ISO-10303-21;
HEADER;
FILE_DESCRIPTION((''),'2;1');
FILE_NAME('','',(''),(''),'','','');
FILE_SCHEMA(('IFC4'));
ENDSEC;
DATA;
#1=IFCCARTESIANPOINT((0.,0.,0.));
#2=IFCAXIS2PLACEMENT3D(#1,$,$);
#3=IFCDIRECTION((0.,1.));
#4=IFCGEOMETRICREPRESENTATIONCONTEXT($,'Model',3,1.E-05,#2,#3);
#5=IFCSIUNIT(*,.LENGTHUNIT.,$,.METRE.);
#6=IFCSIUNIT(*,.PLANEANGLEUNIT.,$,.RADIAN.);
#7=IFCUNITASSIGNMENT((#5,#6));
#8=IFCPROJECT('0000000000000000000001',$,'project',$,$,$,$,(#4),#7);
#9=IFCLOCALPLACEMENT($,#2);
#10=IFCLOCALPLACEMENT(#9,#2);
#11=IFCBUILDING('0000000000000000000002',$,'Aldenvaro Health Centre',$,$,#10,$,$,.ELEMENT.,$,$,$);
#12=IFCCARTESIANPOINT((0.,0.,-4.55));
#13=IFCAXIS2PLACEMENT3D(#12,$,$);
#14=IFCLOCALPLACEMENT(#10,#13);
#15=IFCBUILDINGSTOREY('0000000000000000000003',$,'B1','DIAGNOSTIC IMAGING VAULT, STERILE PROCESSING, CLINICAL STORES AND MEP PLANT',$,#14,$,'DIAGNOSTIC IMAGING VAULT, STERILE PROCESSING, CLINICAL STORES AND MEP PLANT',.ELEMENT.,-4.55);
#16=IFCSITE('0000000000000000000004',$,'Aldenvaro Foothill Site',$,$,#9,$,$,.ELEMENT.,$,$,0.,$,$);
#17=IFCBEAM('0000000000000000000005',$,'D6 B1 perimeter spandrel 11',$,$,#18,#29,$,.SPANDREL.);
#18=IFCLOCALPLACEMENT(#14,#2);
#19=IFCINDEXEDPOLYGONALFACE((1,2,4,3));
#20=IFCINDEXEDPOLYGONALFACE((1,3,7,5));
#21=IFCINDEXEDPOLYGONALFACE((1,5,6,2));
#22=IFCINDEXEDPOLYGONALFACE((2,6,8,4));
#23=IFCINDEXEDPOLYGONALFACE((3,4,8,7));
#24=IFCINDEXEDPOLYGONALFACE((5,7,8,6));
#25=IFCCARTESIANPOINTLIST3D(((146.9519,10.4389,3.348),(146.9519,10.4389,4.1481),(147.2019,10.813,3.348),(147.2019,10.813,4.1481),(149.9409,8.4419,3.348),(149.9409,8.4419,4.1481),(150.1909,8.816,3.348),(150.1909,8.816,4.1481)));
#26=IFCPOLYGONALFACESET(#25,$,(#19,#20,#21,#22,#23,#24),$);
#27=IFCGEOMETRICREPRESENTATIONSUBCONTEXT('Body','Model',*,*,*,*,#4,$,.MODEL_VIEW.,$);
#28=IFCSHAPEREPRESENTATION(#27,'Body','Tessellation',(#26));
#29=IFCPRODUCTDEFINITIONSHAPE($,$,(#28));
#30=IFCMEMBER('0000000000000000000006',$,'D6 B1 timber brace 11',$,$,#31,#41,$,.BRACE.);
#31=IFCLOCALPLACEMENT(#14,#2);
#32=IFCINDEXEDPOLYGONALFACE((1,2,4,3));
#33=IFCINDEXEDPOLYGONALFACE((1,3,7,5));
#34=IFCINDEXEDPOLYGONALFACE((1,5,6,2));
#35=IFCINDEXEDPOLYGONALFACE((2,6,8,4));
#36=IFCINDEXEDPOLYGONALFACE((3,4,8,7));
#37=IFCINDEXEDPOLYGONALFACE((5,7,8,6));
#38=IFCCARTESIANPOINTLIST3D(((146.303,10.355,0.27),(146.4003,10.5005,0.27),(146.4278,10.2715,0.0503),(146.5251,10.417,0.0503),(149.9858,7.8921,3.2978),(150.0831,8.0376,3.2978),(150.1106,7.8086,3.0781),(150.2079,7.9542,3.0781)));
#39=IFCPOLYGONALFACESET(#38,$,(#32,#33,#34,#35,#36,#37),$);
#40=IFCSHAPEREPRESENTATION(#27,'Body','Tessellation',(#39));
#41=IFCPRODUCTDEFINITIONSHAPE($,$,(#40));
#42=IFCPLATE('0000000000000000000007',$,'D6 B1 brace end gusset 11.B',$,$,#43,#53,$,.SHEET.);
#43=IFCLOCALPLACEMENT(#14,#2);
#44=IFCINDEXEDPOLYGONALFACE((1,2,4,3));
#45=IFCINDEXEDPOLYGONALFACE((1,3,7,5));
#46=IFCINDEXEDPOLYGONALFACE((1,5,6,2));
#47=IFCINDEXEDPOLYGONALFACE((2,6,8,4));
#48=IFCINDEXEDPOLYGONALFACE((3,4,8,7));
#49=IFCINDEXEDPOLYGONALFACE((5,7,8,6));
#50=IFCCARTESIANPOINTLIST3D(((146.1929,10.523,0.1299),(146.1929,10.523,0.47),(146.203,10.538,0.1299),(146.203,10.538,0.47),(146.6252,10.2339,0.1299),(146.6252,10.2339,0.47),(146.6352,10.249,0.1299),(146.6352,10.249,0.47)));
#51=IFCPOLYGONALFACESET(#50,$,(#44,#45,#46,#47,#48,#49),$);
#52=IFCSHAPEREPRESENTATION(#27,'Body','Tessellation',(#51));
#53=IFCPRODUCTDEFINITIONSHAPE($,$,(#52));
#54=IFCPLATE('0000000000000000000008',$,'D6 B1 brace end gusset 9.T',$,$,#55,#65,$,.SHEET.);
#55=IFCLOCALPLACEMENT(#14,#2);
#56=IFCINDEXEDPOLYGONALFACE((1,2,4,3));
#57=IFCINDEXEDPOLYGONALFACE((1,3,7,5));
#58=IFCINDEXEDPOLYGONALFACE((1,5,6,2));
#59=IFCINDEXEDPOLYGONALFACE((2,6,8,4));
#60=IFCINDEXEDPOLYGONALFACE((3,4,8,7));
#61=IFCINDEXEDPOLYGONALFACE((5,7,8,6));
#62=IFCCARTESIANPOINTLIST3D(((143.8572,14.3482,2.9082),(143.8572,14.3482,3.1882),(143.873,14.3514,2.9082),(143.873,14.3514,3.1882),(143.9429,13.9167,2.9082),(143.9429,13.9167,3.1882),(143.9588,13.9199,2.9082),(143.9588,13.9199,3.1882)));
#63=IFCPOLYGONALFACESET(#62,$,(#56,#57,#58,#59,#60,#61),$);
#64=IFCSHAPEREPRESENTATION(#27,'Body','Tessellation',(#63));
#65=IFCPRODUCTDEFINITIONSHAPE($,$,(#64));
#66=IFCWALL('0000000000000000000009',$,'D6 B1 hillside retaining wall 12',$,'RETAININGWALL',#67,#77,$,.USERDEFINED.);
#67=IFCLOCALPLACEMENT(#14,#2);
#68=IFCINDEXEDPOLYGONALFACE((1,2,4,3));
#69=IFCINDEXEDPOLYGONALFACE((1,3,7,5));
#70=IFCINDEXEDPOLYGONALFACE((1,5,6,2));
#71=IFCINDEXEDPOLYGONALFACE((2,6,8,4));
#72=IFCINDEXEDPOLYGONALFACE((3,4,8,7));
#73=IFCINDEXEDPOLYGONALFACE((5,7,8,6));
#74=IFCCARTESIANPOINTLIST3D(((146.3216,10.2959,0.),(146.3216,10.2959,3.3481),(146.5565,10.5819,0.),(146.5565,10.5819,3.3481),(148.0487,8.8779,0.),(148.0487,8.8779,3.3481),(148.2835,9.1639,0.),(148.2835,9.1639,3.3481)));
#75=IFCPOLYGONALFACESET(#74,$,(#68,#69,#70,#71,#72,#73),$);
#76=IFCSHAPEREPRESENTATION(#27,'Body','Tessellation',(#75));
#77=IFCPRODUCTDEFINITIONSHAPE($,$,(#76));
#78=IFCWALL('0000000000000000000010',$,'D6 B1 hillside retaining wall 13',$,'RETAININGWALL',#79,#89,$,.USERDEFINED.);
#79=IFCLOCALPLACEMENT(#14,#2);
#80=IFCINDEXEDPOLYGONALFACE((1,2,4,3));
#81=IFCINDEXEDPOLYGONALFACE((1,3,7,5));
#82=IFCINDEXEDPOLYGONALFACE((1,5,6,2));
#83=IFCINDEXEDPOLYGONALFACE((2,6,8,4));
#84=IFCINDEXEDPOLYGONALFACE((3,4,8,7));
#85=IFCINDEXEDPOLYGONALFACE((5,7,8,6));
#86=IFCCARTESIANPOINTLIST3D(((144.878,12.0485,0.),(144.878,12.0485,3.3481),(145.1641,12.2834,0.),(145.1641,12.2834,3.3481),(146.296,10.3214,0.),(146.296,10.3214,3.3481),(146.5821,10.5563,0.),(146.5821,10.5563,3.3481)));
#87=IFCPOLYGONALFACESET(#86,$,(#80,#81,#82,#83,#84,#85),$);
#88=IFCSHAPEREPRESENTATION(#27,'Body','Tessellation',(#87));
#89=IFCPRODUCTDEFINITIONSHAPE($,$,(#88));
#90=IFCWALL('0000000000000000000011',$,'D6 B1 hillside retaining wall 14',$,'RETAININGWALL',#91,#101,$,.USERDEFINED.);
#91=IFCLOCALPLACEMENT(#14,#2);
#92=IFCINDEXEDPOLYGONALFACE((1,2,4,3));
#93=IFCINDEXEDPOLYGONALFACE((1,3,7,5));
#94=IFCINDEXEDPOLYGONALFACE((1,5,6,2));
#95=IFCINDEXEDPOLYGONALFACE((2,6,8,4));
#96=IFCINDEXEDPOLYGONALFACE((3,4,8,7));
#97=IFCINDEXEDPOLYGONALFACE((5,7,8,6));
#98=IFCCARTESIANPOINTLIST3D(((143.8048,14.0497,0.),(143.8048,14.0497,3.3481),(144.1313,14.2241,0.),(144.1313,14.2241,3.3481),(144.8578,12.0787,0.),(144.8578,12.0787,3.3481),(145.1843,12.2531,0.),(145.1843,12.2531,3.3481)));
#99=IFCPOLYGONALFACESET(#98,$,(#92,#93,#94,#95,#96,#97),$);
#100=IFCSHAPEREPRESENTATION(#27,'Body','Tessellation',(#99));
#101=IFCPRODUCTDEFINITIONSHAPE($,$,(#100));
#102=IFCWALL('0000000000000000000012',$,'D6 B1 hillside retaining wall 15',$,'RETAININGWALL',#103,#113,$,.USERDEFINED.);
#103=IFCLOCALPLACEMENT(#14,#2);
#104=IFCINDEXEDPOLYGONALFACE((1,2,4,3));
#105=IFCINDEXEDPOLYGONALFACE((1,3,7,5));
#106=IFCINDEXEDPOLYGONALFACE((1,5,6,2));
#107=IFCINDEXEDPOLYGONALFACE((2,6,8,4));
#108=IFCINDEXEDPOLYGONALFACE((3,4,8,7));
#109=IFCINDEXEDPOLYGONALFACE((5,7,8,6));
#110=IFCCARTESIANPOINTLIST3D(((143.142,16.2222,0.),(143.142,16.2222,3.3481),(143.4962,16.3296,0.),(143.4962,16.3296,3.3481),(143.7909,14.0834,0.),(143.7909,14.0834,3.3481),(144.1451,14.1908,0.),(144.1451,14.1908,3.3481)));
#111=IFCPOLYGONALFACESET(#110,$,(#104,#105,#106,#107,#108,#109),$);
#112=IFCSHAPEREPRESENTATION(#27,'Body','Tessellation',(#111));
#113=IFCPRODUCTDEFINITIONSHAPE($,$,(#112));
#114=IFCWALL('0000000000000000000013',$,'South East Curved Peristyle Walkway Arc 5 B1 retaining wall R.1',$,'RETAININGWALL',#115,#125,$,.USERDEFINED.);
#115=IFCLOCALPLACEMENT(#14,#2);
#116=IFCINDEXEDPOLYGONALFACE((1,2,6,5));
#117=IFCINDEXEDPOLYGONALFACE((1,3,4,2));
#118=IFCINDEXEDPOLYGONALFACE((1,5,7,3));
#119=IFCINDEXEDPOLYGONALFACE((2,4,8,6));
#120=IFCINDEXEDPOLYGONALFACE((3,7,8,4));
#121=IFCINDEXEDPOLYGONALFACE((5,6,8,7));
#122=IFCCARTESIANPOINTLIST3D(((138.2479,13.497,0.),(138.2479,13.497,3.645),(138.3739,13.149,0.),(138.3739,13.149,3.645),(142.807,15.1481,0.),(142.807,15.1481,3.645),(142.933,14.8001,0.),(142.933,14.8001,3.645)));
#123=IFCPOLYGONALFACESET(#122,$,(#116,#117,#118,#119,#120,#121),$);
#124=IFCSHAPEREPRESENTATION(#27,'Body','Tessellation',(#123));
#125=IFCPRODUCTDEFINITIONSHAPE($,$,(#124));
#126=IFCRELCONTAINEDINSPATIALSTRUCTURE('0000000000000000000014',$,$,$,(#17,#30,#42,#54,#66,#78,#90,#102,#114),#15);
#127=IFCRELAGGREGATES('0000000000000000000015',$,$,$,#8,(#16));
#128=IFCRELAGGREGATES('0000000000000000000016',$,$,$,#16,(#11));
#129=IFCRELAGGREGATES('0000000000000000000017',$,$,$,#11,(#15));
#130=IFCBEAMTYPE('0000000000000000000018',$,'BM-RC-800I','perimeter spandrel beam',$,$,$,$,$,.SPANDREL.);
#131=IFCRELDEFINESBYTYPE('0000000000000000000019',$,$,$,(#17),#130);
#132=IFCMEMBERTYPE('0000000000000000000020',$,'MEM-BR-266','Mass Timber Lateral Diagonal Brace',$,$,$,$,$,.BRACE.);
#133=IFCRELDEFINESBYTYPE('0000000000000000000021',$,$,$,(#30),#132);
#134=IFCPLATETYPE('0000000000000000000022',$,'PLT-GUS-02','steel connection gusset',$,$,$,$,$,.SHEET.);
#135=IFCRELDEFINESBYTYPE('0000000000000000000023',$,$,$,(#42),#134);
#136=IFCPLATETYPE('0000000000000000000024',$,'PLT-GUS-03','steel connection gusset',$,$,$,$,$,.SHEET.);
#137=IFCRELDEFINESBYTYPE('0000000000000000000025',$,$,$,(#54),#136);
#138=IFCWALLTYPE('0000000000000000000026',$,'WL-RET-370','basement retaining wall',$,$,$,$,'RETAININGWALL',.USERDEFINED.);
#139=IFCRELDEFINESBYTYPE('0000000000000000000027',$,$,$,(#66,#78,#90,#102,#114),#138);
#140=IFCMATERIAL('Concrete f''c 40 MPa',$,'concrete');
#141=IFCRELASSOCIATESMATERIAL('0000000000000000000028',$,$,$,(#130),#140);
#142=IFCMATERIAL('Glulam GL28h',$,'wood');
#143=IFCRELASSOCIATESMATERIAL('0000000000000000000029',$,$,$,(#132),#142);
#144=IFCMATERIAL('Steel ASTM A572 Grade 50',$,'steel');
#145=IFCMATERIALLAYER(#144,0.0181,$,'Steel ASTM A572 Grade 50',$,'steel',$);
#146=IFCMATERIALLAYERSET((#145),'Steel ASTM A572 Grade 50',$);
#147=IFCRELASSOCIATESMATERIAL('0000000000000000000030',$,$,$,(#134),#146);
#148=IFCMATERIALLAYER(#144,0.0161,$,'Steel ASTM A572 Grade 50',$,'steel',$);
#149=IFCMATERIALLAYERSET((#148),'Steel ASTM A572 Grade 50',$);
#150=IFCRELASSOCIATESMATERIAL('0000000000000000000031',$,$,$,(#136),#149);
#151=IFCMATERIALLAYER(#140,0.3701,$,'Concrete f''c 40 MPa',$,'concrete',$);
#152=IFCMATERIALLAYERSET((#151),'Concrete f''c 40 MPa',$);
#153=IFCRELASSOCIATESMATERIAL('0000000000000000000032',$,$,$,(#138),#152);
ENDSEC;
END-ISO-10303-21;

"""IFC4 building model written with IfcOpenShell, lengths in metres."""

from ifc_helpers import new_model, si_unit, direction, frame, frame_2d, origin, origin_2d, place, context, subcontext, project, spatial, rectangle, extrude, material, layer, layer_set, material_profile, profile_set, type_object, element, save


model = new_model("IFC4")

# Units and contexts
model_context = context("Model", 3, precision=1e-05, world=origin(), true_north=direction((0.0, 1.0)))
body_context = subcontext(model_context, "Body", "Model", "MODEL_VIEW")
ifc_project = project(units=[si_unit("LENGTHUNIT", "METRE"), si_unit("PLANEANGLEUNIT", "RADIAN")], contexts=[model_context])

# Site, building, storey
site_placement = place(None, origin())
site = spatial("IfcSite", under=ifc_project, at=site_placement, Name="Aldenvaro Foothill Site", CompositionType="ELEMENT", RefElevation=0.0)
building_placement = place(site_placement, origin())
building = spatial("IfcBuilding", under=site, at=building_placement, Name="Aldenvaro Health Centre", CompositionType="ELEMENT")
storey_placement = place(building_placement, frame((0.0, 0.0, -4.55)))
storey = spatial("IfcBuildingStorey", under=building, at=storey_placement, Name="B1", Description="DIAGNOSTIC IMAGING VAULT, STERILE PROCESSING, CLINICAL STORES AND MEP PLANT", LongName="DIAGNOSTIC IMAGING VAULT, STERILE PROCESSING, CLINICAL STORES AND MEP PLANT", CompositionType="ELEMENT", Elevation=-4.55)

# Shared definitions
ifc_material_1 = material(Name="Concrete f'c 40 MPa", Category="concrete")

# Beam
ifc_material_profile_1 = material_profile(ifc_material_1, rectangle(XDim=0.45, YDim=0.8, at=origin_2d()), Name="RC 450x800", Category="concrete")
ifc_profile_set_1 = profile_set([ifc_material_profile_1], Name="Concrete f'c 40 MPa")
beam_type_1 = type_object("IfcBeamType", Name="BM-RC-800I", Description="perimeter spandrel beam", PredefinedType="SPANDREL", material=ifc_profile_set_1)
for number, where, z_axis, x_axis, name in (
    (1, (147.0769, 10.626, 3.748), (0.831486, -0.555546, 0.0), (0.555546, 0.831486, 0.0), "D6 B1 perimeter spandrel 11"),
):
    element("IfcBeam", number, at=place(storey_placement, frame(where, z_axis=z_axis, x_axis=x_axis)), inside=storey, type_object=beam_type_1, Name=name, PredefinedType="SPANDREL", context=body_context, shape_type="SweptSolid", body=[
        extrude(rectangle(XDim=0.45, YDim=0.8, at=origin_2d()), origin(), (0.0, 0.0, 1.0), 3.5947),
    ])

# Member
ifc_material_2 = material(Name="Glulam GL28h", Category="wood")
ifc_material_profile_2 = material_profile(ifc_material_2, rectangle(XDim=0.175, YDim=0.2661, at=origin_2d()), Name="GL 175x266", Category="wood")
ifc_profile_set_2 = profile_set([ifc_material_profile_2], Name="Glulam GL28h")
member_type = type_object("IfcMemberType", Name="MEM-BR-266", Description="Mass Timber Lateral Diagonal Brace", PredefinedType="BRACE", material=ifc_profile_set_2)
member_placement = place(storey_placement, frame((146.4141, 10.386, 0.1602), z_axis=(0.686296, -0.458956, 0.564232), x_axis=(0.555895, 0.831253, 0.0)))
element("IfcMember", 2, at=member_placement, inside=storey, type_object=member_type, Name="D6 B1 timber brace 11", PredefinedType="BRACE", context=body_context, shape_type="SweptSolid", body=[
    extrude(rectangle(XDim=0.175, YDim=0.2661, at=origin_2d()), origin(), (0.0, 0.0, 1.0), 5.3662),
])

# Plates
ifc_material_3 = material(Name="Steel ASTM A572 Grade 50", Category="steel")
ifc_layer_1 = layer(ifc_material_3, 0.0181, Name="Steel ASTM A572 Grade 50", Category="steel")
ifc_layer_set_1 = layer_set([ifc_layer_1], Name="Steel ASTM A572 Grade 50")
plate_type_1 = type_object("IfcPlateType", Name="PLT-GUS-02", Description="steel connection gusset", PredefinedType="SHEET", material=ifc_layer_set_1)
plate_1_placement = place(storey_placement, frame((146.4141, 10.386, 0.1299), z_axis=(0.0, 0.0, 1.0), x_axis=(0.831247, -0.555904, 0.0)))
element("IfcPlate", 3, at=plate_1_placement, inside=storey, type_object=plate_type_1, Name="D6 B1 brace end gusset 11.B", PredefinedType="SHEET", context=body_context, shape_type="SweptSolid", body=[
    extrude(rectangle(XDim=0.52, YDim=0.0181, at=origin_2d()), origin(), (0.0, 0.0, 1.0), 0.3401),
])
ifc_layer_2 = layer(ifc_material_3, 0.0161, Name="Steel ASTM A572 Grade 50", Category="steel")
ifc_layer_set_2 = layer_set([ifc_layer_2], Name="Steel ASTM A572 Grade 50")
plate_type_2 = type_object("IfcPlateType", Name="PLT-GUS-03", Description="steel connection gusset", PredefinedType="SHEET", material=ifc_layer_set_2)
plate_2_placement = place(storey_placement, frame((143.908, 14.134, 2.9082), z_axis=(0.0, 0.0, 1.0), x_axis=(0.194988, -0.980806, 0.0)))
element("IfcPlate", 4, at=plate_2_placement, inside=storey, type_object=plate_type_2, Name="D6 B1 brace end gusset 9.T", PredefinedType="SHEET", context=body_context, shape_type="SweptSolid", body=[
    extrude(rectangle(XDim=0.4399, YDim=0.0161, at=origin_2d()), origin(), (0.0, 0.0, 1.0), 0.28),
])

# Walls
ifc_layer_3 = layer(ifc_material_1, 0.3701, Name="Concrete f'c 40 MPa", Category="concrete")
ifc_layer_set_3 = layer_set([ifc_layer_3], Name="Concrete f'c 40 MPa")
wall_type = type_object("IfcWallType", Name="WL-RET-370", Description="basement retaining wall", ElementType="RETAININGWALL", PredefinedType="USERDEFINED", material=ifc_layer_set_3)
for number, where, z_axis, x_axis, name in (
    (5, (148.166, 9.021, 0.0), (0.0, 0.0, 1.0), (-0.772876, 0.634558, 0.0), "D6 B1 hillside retaining wall 12"),
    (6, (146.439, 10.439, 0.0), (0.0, 0.0, 1.0), (-0.634558, 0.772876, 0.0), "D6 B1 hillside retaining wall 13"),
    (7, (145.021, 12.166, 0.0), (0.0, 0.0, 1.0), (-0.471218, 0.882017, 0.0), "D6 B1 hillside retaining wall 14"),
):
    element("IfcWall", number, at=place(storey_placement, frame(where, z_axis=z_axis, x_axis=x_axis)), inside=storey, type_object=wall_type, Name=name, ObjectType="RETAININGWALL", PredefinedType="USERDEFINED", context=body_context, shape_type="SweptSolid", body=[
        extrude(rectangle(XDim=2.2346, YDim=0.3701, at=frame_2d((1.1172, 0.0))), origin(), (0.0, 0.0, 1.0), 3.3481),
    ])
wall_1_placement = place(storey_placement, frame((143.968, 14.137, 0.0), z_axis=(0.0, 0.0, 1.0), x_axis=(-0.290323, 0.956929, 0.0)))
element("IfcWall", 8, at=wall_1_placement, inside=storey, type_object=wall_type, Name="D6 B1 hillside retaining wall 15", ObjectType="RETAININGWALL", PredefinedType="USERDEFINED", context=body_context, shape_type="SweptSolid", body=[
    extrude(rectangle(XDim=2.2351, YDim=0.3701, at=frame_2d((1.1177, 0.0))), origin(), (0.0, 0.0, 1.0), 3.3481),
])
wall_2_placement = place(storey_placement, frame((138.311, 13.323, 0.0), z_axis=(0.0, 0.0, 1.0), x_axis=(0.940238, 0.340518, 0.0)))
element("IfcWall", 9, at=wall_2_placement, inside=storey, type_object=wall_type, Name="South East Curved Peristyle Walkway Arc 5 B1 retaining wall R.1", ObjectType="RETAININGWALL", PredefinedType="USERDEFINED", context=body_context, shape_type="SweptSolid", body=[
    extrude(rectangle(XDim=4.8489, YDim=0.3701, at=frame_2d((2.4243, 0.0))), origin(), (0.0, 0.0, 1.0), 3.645),
])

save(model, "model.ifc")
